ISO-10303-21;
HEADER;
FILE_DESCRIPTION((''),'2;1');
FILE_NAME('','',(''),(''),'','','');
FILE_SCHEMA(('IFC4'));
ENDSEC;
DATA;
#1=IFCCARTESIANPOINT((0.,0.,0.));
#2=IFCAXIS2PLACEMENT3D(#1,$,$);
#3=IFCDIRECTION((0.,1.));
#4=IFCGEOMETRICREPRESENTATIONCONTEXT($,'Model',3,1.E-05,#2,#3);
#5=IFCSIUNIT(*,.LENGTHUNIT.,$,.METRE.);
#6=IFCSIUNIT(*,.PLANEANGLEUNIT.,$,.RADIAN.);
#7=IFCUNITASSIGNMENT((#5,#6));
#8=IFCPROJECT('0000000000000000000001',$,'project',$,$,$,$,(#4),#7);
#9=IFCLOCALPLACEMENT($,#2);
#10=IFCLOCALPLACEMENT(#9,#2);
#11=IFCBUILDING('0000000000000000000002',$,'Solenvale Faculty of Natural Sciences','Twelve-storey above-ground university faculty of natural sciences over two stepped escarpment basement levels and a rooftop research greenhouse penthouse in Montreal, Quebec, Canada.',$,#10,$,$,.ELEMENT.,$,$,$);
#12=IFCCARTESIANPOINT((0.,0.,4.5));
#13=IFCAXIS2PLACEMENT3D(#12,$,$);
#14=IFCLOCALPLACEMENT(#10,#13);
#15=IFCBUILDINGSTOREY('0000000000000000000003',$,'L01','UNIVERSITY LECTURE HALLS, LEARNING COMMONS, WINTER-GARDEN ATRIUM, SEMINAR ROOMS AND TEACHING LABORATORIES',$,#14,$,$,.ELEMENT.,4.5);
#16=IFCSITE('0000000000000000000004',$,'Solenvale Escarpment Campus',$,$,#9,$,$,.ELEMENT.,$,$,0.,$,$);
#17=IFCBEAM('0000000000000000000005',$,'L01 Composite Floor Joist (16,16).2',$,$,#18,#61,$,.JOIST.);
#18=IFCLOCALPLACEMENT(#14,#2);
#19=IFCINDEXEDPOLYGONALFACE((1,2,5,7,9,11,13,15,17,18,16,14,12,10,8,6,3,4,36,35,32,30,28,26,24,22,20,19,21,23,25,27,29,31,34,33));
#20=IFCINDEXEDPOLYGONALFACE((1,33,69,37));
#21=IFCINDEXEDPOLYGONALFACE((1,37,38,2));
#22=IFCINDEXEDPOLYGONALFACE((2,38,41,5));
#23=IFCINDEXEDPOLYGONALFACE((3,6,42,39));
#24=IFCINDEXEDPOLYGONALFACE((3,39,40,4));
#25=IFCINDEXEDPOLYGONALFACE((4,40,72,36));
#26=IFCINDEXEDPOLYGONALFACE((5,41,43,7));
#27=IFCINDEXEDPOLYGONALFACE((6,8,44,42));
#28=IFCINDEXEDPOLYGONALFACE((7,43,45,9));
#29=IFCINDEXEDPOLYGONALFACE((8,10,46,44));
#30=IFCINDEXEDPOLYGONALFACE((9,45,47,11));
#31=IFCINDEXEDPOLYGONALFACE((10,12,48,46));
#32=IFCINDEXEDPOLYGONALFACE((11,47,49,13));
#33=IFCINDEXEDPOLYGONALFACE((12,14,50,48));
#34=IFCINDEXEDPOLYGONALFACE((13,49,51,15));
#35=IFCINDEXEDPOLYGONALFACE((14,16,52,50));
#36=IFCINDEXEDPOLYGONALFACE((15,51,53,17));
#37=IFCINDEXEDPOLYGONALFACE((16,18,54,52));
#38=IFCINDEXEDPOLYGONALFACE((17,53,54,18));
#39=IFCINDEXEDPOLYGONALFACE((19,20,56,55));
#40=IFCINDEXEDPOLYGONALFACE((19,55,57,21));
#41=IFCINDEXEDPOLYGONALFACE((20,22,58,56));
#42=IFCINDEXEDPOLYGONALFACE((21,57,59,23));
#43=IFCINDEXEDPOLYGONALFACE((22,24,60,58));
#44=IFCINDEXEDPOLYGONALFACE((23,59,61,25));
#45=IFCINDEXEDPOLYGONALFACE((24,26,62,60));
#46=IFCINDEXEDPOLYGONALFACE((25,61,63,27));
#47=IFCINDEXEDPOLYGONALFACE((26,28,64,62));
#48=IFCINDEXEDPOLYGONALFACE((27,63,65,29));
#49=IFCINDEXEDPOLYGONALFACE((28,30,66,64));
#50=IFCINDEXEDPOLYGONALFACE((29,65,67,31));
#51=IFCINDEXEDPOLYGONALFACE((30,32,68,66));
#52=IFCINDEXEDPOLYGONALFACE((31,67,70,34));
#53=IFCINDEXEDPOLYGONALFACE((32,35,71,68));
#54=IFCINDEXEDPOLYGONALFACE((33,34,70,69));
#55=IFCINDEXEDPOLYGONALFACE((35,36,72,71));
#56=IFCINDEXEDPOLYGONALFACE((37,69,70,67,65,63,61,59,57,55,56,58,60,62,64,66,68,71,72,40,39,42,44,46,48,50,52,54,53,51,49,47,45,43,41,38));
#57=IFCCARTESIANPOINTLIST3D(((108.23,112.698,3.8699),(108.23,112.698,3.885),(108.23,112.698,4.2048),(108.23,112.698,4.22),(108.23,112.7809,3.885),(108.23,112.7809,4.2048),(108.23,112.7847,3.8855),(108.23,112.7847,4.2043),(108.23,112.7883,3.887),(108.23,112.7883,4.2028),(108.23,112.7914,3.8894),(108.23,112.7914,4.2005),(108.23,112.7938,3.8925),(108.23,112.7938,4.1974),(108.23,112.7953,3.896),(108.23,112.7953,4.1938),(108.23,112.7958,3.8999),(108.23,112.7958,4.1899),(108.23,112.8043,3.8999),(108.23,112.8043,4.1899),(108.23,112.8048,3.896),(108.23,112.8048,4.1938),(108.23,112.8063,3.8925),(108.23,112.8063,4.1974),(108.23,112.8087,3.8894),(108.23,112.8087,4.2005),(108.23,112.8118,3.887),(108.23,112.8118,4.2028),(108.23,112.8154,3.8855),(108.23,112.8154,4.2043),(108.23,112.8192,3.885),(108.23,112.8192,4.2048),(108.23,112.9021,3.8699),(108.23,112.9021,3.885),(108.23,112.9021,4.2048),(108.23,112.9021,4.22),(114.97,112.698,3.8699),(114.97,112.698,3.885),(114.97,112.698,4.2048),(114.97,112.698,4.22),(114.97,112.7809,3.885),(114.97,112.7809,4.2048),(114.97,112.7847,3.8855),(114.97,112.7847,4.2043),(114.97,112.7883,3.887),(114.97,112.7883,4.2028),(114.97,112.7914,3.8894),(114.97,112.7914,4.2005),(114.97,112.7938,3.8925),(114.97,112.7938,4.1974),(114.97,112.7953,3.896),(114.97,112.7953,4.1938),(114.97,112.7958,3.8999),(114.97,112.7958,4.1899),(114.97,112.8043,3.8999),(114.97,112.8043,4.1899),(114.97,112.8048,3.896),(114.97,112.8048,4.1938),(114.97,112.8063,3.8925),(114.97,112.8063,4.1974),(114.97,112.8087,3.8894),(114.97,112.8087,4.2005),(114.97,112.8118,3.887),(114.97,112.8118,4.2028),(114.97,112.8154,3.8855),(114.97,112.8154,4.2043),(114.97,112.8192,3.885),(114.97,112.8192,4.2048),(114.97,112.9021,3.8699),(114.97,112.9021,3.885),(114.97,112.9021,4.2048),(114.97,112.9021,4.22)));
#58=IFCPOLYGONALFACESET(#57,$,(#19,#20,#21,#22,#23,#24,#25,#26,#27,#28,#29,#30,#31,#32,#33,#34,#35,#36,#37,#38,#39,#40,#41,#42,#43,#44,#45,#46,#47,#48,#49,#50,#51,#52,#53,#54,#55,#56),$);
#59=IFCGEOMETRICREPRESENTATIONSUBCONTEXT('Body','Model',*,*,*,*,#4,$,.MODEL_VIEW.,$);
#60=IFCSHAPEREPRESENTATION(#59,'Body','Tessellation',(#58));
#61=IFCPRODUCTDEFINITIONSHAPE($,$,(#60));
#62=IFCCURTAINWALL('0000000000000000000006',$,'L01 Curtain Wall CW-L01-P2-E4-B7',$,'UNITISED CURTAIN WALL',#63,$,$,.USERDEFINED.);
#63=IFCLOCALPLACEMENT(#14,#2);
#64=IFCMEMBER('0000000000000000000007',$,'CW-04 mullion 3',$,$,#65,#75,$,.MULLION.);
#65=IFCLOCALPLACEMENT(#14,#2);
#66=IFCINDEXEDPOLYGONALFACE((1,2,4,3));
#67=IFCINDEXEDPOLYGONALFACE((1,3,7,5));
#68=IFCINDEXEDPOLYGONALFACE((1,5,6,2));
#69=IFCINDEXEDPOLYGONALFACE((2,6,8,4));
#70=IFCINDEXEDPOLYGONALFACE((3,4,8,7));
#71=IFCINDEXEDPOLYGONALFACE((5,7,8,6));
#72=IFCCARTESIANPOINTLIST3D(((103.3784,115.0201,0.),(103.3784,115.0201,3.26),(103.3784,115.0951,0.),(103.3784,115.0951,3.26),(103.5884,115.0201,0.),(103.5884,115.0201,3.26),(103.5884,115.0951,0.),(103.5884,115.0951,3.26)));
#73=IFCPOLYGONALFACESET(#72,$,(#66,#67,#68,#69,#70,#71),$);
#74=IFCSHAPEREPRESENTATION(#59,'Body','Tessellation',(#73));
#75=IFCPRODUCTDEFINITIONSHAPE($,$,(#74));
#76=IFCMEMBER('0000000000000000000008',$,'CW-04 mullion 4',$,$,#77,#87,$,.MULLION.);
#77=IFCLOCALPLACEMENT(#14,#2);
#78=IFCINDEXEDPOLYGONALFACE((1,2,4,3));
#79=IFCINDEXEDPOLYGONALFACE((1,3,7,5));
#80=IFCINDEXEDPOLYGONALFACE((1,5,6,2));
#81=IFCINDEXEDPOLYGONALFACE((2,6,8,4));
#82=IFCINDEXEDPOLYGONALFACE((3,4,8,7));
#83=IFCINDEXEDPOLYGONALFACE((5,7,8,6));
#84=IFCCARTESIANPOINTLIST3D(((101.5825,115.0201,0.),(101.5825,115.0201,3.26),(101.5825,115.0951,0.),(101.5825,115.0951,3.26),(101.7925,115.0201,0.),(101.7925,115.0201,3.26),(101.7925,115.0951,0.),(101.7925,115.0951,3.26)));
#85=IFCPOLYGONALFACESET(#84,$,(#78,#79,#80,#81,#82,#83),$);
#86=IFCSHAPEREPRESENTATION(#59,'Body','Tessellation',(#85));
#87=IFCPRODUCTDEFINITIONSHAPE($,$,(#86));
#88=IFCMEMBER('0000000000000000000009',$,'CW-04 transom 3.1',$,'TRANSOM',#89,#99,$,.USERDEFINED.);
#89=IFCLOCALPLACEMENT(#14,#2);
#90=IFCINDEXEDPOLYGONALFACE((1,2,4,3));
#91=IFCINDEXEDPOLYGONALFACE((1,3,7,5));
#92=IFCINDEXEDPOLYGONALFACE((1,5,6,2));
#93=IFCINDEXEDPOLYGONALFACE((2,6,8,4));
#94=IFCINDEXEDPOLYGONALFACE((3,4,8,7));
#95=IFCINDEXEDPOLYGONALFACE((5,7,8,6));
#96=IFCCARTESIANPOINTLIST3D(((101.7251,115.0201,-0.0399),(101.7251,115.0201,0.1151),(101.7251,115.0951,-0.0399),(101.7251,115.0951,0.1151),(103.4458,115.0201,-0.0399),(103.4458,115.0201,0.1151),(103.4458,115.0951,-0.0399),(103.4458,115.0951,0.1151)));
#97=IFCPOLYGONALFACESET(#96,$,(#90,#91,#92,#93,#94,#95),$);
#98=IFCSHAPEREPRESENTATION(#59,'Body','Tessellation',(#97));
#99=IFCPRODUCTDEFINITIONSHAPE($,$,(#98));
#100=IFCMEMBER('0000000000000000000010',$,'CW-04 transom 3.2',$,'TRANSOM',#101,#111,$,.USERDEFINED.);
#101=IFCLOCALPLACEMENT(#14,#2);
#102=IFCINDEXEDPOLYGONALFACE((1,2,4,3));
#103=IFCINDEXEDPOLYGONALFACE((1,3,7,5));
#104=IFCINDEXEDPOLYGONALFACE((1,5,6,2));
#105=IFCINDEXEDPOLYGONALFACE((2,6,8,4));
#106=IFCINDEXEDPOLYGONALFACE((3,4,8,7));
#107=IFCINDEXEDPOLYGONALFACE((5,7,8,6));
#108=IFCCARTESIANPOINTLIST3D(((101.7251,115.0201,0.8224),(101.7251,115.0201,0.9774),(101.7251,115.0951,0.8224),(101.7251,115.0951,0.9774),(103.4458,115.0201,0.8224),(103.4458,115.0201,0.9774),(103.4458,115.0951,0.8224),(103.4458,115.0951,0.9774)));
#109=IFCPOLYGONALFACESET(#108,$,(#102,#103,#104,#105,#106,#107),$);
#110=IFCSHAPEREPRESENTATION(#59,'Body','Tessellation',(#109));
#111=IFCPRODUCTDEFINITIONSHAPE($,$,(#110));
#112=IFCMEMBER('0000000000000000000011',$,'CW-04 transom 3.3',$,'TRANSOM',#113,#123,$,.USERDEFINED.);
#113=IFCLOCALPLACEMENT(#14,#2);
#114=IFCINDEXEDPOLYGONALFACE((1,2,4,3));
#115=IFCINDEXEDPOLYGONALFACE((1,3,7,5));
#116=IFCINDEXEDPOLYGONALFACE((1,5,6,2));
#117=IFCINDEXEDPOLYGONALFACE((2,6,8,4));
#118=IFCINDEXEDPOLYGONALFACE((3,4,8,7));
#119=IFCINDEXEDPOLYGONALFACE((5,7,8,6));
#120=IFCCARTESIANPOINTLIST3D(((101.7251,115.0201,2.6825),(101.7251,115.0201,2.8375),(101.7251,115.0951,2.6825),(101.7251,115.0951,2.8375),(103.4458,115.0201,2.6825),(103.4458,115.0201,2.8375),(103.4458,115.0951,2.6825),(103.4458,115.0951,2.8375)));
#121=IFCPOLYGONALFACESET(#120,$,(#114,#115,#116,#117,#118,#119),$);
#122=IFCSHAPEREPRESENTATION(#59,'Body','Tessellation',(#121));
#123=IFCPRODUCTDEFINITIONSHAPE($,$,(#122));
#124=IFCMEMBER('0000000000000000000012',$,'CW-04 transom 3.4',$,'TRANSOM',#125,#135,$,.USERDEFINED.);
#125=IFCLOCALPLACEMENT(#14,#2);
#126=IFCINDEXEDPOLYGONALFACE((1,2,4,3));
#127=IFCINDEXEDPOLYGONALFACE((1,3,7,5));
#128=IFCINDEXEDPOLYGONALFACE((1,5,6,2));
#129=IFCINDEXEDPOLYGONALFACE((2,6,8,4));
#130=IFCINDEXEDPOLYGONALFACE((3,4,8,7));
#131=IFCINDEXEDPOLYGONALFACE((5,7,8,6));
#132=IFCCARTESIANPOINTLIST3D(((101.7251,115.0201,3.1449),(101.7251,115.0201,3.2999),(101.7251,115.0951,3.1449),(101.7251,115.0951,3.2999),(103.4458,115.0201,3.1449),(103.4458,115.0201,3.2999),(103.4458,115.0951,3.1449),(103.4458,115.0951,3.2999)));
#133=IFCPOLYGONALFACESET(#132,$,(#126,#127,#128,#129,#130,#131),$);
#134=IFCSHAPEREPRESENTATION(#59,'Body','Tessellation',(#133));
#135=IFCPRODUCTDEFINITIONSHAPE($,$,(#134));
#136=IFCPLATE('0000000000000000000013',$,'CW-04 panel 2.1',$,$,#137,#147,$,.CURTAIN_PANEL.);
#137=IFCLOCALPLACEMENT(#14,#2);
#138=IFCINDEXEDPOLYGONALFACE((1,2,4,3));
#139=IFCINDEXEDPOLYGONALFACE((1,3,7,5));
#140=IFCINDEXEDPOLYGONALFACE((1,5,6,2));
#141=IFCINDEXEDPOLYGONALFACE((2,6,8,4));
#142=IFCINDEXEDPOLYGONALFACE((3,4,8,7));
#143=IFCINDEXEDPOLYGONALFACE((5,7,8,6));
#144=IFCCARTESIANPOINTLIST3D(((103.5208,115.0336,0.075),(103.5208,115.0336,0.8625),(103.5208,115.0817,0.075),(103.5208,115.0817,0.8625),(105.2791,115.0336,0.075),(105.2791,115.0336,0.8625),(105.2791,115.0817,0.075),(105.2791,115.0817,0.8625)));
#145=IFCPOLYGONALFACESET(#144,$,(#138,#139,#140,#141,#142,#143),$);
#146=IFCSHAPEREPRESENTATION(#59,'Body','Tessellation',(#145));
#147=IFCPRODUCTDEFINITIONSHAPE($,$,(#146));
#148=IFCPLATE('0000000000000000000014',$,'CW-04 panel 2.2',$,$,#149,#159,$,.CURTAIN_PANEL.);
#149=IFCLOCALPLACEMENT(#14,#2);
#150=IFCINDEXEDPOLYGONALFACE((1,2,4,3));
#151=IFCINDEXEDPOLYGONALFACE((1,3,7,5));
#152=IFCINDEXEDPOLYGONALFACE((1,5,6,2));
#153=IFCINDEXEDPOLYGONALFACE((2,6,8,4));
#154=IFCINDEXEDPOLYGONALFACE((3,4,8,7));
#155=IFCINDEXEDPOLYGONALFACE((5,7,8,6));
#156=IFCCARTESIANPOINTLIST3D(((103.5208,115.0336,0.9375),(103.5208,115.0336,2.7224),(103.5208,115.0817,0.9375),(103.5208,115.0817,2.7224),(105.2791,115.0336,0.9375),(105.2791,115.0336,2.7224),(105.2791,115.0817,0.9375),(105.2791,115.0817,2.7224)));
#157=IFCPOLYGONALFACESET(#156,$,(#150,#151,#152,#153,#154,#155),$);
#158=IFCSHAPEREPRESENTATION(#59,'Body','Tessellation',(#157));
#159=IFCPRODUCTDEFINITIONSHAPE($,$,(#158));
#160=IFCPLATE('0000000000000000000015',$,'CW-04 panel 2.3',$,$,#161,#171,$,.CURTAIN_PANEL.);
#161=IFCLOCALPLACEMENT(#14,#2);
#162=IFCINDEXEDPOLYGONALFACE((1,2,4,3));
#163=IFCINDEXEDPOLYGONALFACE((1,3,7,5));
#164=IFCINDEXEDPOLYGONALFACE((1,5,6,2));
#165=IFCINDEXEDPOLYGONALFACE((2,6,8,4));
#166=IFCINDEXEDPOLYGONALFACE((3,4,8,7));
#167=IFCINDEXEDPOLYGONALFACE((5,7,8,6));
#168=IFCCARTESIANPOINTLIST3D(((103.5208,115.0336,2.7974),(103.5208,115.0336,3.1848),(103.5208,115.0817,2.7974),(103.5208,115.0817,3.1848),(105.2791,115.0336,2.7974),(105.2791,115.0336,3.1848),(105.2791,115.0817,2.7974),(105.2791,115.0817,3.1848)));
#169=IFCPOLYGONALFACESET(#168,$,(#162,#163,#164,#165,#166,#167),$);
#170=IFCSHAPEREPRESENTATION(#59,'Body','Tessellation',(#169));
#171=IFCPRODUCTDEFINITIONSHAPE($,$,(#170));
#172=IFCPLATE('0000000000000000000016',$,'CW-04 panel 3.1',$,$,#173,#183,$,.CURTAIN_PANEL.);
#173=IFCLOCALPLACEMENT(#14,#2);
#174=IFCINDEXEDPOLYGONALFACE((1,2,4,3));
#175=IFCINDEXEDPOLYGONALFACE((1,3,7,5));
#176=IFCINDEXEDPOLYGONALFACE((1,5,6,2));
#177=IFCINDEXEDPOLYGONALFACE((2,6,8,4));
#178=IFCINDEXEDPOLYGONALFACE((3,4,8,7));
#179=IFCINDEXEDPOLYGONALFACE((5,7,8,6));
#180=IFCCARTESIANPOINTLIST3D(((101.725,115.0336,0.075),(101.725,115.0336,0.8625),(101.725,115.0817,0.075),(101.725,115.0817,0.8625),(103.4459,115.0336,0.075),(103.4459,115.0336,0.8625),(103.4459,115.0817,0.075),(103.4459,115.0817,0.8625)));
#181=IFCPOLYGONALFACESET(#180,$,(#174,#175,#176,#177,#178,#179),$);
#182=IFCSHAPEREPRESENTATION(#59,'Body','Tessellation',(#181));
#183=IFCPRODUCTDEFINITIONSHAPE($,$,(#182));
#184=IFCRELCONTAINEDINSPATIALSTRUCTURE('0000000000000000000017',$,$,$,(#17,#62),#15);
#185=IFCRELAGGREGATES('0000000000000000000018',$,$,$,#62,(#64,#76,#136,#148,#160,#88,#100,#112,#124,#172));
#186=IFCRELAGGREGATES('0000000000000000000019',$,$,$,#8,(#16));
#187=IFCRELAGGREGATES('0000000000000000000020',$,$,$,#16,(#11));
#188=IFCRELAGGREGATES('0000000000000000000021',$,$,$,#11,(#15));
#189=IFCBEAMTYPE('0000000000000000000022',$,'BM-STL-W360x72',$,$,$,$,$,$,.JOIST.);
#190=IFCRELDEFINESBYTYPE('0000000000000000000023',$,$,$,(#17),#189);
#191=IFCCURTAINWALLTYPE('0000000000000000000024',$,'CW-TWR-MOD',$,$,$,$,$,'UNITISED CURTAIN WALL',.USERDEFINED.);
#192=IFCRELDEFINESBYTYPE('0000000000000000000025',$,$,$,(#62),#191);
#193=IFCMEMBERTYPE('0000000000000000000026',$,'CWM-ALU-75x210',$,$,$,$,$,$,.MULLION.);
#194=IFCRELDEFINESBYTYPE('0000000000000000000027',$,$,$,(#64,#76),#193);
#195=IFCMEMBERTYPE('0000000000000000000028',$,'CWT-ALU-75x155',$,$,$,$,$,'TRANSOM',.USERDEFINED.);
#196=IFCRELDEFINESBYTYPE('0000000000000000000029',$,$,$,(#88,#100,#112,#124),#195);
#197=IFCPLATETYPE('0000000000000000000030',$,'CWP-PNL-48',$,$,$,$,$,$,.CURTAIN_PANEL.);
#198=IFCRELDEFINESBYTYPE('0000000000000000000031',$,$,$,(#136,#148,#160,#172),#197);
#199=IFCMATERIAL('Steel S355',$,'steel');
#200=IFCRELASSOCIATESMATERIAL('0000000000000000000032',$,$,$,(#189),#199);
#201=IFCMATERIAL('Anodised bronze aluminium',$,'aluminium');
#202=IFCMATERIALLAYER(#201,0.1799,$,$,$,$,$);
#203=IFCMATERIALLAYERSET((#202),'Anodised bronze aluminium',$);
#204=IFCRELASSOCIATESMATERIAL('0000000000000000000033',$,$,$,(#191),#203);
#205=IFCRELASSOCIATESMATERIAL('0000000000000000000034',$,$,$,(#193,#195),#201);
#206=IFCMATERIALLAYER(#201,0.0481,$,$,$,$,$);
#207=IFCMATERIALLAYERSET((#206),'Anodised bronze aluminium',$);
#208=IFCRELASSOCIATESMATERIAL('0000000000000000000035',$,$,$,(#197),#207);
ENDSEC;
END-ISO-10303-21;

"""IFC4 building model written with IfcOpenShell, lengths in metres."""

from ifc_helpers import new_model, si_unit, direction, frame, origin, origin_2d, place, context, subcontext, project, spatial, rectangle, i_section, extrude, material, layer, layer_set, material_profile, profile_set, type_object, element, aggregate, save


model = new_model("IFC4")

# Units and contexts
model_context = context("Model", 3, precision=1e-05, world=origin(), true_north=direction((0.0, 1.0)))
body_context = subcontext(model_context, "Body", "Model", "MODEL_VIEW")
ifc_project = project(units=[si_unit("LENGTHUNIT", "METRE"), si_unit("PLANEANGLEUNIT", "RADIAN")], contexts=[model_context])

# Site, building, storey
site_placement = place(None, origin())
site = spatial("IfcSite", under=ifc_project, at=site_placement, Name="Solenvale Escarpment Campus", CompositionType="ELEMENT", RefElevation=0.0)
building_placement = place(site_placement, origin())
building = spatial("IfcBuilding", under=site, at=building_placement, Name="Solenvale Faculty of Natural Sciences", Description="Twelve-storey above-ground university faculty of natural sciences over two stepped escarpment basement levels and a rooftop research greenhouse penthouse in Montreal, Quebec, Canada.", CompositionType="ELEMENT")
storey_placement = place(building_placement, frame((0.0, 0.0, 4.5)))
storey = spatial("IfcBuildingStorey", under=building, at=storey_placement, Name="L01", Description="UNIVERSITY LECTURE HALLS, LEARNING COMMONS, WINTER-GARDEN ATRIUM, SEMINAR ROOMS AND TEACHING LABORATORIES", CompositionType="ELEMENT", Elevation=4.5)

# Beam
ifc_material_1 = material(Name="Steel S355", Category="steel")
ifc_material_profile_1 = material_profile(ifc_material_1, i_section(OverallWidth=0.2041, OverallDepth=0.3501, WebThickness=0.0085, FlangeThickness=0.0151, FilletRadius=0.0149, at=origin_2d()), Name="W360x72")
ifc_profile_set_1 = profile_set([ifc_material_profile_1], Name="Steel S355")
beam_type_1 = type_object("IfcBeamType", Name="BM-STL-W360x72", PredefinedType="JOIST", material=ifc_profile_set_1)
for number, where, z_axis, x_axis, name in (
    (1, (108.23, 112.8, 4.0449), (1.0, 0.0, 0.0), (0.0, 1.0, 0.0), "L01 Composite Floor Joist (16,16).2"),
):
    element("IfcBeam", number, at=place(storey_placement, frame(where, z_axis=z_axis, x_axis=x_axis)), inside=storey, type_object=beam_type_1, Name=name, PredefinedType="JOIST", context=body_context, shape_type="SweptSolid", body=[
        extrude(i_section(OverallWidth=0.2041, OverallDepth=0.3501, WebThickness=0.0085, FlangeThickness=0.0151, FilletRadius=0.0149, at=origin_2d()), origin(), (0.0, 0.0, 1.0), 6.74),
    ])

# Curtain wall, members, plates
ifc_material_2 = material(Name="Anodised bronze aluminium", Category="aluminium")
ifc_layer_1 = layer(ifc_material_2, 0.1799)
ifc_layer_set_1 = layer_set([ifc_layer_1], Name="Anodised bronze aluminium")
curtain_wall_type = type_object("IfcCurtainWallType", Name="CW-TWR-MOD", ElementType="UNITISED CURTAIN WALL", PredefinedType="USERDEFINED", material=ifc_layer_set_1)
curtain_wall_placement = place(storey_placement, origin())
curtain_wall = element("IfcCurtainWall", 2, at=curtain_wall_placement, inside=storey, type_object=curtain_wall_type, Name="L01 Curtain Wall CW-L01-P2-E4-B7", ObjectType="UNITISED CURTAIN WALL", PredefinedType="USERDEFINED")
ifc_material_profile_2 = material_profile(ifc_material_2, rectangle(XDim=0.075, YDim=0.21, at=origin_2d()), Name="ALU-MUL-75x210")
ifc_profile_set_2 = profile_set([ifc_material_profile_2], Name="Anodised bronze aluminium")
member_type_1 = type_object("IfcMemberType", Name="CWM-ALU-75x210", PredefinedType="MULLION", material=ifc_profile_set_2)
member_1_placement = place(storey_placement, frame((103.4834, 115.0576, 0.0), z_axis=(0.0, 0.0, 1.0), x_axis=(0.0, -1.0, 0.0)))
member_1 = element("IfcMember", 3, at=member_1_placement, type_object=member_type_1, Name="CW-04 mullion 3", PredefinedType="MULLION", context=body_context, shape_type="SweptSolid", body=[
    extrude(rectangle(XDim=0.075, YDim=0.21, at=origin_2d()), origin(), (0.0, 0.0, 1.0), 3.26),
])
member_2_placement = place(storey_placement, frame((101.6875, 115.0576, 0.0), z_axis=(0.0, 0.0, 1.0), x_axis=(0.0, -1.0, 0.0)))
member_2 = element("IfcMember", 4, at=member_2_placement, type_object=member_type_1, Name="CW-04 mullion 4", PredefinedType="MULLION", context=body_context, shape_type="SweptSolid", body=[
    extrude(rectangle(XDim=0.075, YDim=0.21, at=origin_2d()), origin(), (0.0, 0.0, 1.0), 3.26),
])
ifc_material_profile_3 = material_profile(ifc_material_2, rectangle(XDim=0.075, YDim=0.155, at=origin_2d()), Name="ALU-TRN-75x155")
ifc_profile_set_3 = profile_set([ifc_material_profile_3], Name="Anodised bronze aluminium")
member_type_2 = type_object("IfcMemberType", Name="CWT-ALU-75x155", ElementType="TRANSOM", PredefinedType="USERDEFINED", material=ifc_profile_set_3)
member_3_placement = place(storey_placement, frame((103.4458, 115.0576, 0.0376), z_axis=(-1.0, 0.0, 0.0), x_axis=(0.0, -1.0, 0.0)))
member_3 = element("IfcMember", 5, at=member_3_placement, type_object=member_type_2, Name="CW-04 transom 3.1", ObjectType="TRANSOM", PredefinedType="USERDEFINED", context=body_context, shape_type="SweptSolid", body=[
    extrude(rectangle(XDim=0.075, YDim=0.155, at=origin_2d()), origin(), (0.0, 0.0, 1.0), 1.7207),
])
member_4_placement = place(storey_placement, frame((103.4458, 115.0576, 0.8999), z_axis=(-1.0, 0.0, 0.0), x_axis=(0.0, -1.0, 0.0)))
member_4 = element("IfcMember", 6, at=member_4_placement, type_object=member_type_2, Name="CW-04 transom 3.2", ObjectType="TRANSOM", PredefinedType="USERDEFINED", context=body_context, shape_type="SweptSolid", body=[
    extrude(rectangle(XDim=0.075, YDim=0.155, at=origin_2d()), origin(), (0.0, 0.0, 1.0), 1.7207),
])
member_5_placement = place(storey_placement, frame((103.4458, 115.0576, 2.76), z_axis=(-1.0, 0.0, 0.0), x_axis=(0.0, -1.0, 0.0)))
member_5 = element("IfcMember", 7, at=member_5_placement, type_object=member_type_2, Name="CW-04 transom 3.3", ObjectType="TRANSOM", PredefinedType="USERDEFINED", context=body_context, shape_type="SweptSolid", body=[
    extrude(rectangle(XDim=0.075, YDim=0.155, at=origin_2d()), origin(), (0.0, 0.0, 1.0), 1.7207),
])
member_6_placement = place(storey_placement, frame((103.4458, 115.0576, 3.2224), z_axis=(-1.0, 0.0, 0.0), x_axis=(0.0, -1.0, 0.0)))
member_6 = element("IfcMember", 8, at=member_6_placement, type_object=member_type_2, Name="CW-04 transom 3.4", ObjectType="TRANSOM", PredefinedType="USERDEFINED", context=body_context, shape_type="SweptSolid", body=[
    extrude(rectangle(XDim=0.075, YDim=0.155, at=origin_2d()), origin(), (0.0, 0.0, 1.0), 1.7207),
])
ifc_layer_2 = layer(ifc_material_2, 0.0481)
ifc_layer_set_2 = layer_set([ifc_layer_2], Name="Anodised bronze aluminium")
plate_type = type_object("IfcPlateType", Name="CWP-PNL-48", PredefinedType="CURTAIN_PANEL", material=ifc_layer_set_2)
plate_1_placement = place(storey_placement, frame((104.3999, 115.0576, 0.075), z_axis=(0.0, 0.0, 1.0), x_axis=(-1.0, 0.0, 0.0)))
plate_1 = element("IfcPlate", 9, at=plate_1_placement, type_object=plate_type, Name="CW-04 panel 2.1", PredefinedType="CURTAIN_PANEL", context=body_context, shape_type="SweptSolid", body=[
    extrude(rectangle(XDim=1.7583, YDim=0.0481, at=origin_2d()), origin(), (0.0, 0.0, 1.0), 0.7876),
])
plate_2_placement = place(storey_placement, frame((104.3999, 115.0576, 0.9375), z_axis=(0.0, 0.0, 1.0), x_axis=(-1.0, 0.0, 0.0)))
plate_2 = element("IfcPlate", 10, at=plate_2_placement, type_object=plate_type, Name="CW-04 panel 2.2", PredefinedType="CURTAIN_PANEL", context=body_context, shape_type="SweptSolid", body=[
    extrude(rectangle(XDim=1.7583, YDim=0.0481, at=origin_2d()), origin(), (0.0, 0.0, 1.0), 1.7849),
])
plate_3_placement = place(storey_placement, frame((104.3999, 115.0576, 2.7974), z_axis=(0.0, 0.0, 1.0), x_axis=(-1.0, 0.0, 0.0)))
plate_3 = element("IfcPlate", 11, at=plate_3_placement, type_object=plate_type, Name="CW-04 panel 2.3", PredefinedType="CURTAIN_PANEL", context=body_context, shape_type="SweptSolid", body=[
    extrude(rectangle(XDim=1.7583, YDim=0.0481, at=origin_2d()), origin(), (0.0, 0.0, 1.0), 0.3875),
])
plate_4_placement = place(storey_placement, frame((102.5854, 115.0576, 0.075), z_axis=(0.0, 0.0, 1.0), x_axis=(-1.0, 0.0, 0.0)))
plate_4 = element("IfcPlate", 12, at=plate_4_placement, type_object=plate_type, Name="CW-04 panel 3.1", PredefinedType="CURTAIN_PANEL", context=body_context, shape_type="SweptSolid", body=[
    extrude(rectangle(XDim=1.7209, YDim=0.0481, at=origin_2d()), origin(), (0.0, 0.0, 1.0), 0.7876),
])
aggregate(curtain_wall, [member_1, member_2, plate_1, plate_2, plate_3, member_3, member_4, member_5, member_6, plate_4])

save(model, "model.ifc")
